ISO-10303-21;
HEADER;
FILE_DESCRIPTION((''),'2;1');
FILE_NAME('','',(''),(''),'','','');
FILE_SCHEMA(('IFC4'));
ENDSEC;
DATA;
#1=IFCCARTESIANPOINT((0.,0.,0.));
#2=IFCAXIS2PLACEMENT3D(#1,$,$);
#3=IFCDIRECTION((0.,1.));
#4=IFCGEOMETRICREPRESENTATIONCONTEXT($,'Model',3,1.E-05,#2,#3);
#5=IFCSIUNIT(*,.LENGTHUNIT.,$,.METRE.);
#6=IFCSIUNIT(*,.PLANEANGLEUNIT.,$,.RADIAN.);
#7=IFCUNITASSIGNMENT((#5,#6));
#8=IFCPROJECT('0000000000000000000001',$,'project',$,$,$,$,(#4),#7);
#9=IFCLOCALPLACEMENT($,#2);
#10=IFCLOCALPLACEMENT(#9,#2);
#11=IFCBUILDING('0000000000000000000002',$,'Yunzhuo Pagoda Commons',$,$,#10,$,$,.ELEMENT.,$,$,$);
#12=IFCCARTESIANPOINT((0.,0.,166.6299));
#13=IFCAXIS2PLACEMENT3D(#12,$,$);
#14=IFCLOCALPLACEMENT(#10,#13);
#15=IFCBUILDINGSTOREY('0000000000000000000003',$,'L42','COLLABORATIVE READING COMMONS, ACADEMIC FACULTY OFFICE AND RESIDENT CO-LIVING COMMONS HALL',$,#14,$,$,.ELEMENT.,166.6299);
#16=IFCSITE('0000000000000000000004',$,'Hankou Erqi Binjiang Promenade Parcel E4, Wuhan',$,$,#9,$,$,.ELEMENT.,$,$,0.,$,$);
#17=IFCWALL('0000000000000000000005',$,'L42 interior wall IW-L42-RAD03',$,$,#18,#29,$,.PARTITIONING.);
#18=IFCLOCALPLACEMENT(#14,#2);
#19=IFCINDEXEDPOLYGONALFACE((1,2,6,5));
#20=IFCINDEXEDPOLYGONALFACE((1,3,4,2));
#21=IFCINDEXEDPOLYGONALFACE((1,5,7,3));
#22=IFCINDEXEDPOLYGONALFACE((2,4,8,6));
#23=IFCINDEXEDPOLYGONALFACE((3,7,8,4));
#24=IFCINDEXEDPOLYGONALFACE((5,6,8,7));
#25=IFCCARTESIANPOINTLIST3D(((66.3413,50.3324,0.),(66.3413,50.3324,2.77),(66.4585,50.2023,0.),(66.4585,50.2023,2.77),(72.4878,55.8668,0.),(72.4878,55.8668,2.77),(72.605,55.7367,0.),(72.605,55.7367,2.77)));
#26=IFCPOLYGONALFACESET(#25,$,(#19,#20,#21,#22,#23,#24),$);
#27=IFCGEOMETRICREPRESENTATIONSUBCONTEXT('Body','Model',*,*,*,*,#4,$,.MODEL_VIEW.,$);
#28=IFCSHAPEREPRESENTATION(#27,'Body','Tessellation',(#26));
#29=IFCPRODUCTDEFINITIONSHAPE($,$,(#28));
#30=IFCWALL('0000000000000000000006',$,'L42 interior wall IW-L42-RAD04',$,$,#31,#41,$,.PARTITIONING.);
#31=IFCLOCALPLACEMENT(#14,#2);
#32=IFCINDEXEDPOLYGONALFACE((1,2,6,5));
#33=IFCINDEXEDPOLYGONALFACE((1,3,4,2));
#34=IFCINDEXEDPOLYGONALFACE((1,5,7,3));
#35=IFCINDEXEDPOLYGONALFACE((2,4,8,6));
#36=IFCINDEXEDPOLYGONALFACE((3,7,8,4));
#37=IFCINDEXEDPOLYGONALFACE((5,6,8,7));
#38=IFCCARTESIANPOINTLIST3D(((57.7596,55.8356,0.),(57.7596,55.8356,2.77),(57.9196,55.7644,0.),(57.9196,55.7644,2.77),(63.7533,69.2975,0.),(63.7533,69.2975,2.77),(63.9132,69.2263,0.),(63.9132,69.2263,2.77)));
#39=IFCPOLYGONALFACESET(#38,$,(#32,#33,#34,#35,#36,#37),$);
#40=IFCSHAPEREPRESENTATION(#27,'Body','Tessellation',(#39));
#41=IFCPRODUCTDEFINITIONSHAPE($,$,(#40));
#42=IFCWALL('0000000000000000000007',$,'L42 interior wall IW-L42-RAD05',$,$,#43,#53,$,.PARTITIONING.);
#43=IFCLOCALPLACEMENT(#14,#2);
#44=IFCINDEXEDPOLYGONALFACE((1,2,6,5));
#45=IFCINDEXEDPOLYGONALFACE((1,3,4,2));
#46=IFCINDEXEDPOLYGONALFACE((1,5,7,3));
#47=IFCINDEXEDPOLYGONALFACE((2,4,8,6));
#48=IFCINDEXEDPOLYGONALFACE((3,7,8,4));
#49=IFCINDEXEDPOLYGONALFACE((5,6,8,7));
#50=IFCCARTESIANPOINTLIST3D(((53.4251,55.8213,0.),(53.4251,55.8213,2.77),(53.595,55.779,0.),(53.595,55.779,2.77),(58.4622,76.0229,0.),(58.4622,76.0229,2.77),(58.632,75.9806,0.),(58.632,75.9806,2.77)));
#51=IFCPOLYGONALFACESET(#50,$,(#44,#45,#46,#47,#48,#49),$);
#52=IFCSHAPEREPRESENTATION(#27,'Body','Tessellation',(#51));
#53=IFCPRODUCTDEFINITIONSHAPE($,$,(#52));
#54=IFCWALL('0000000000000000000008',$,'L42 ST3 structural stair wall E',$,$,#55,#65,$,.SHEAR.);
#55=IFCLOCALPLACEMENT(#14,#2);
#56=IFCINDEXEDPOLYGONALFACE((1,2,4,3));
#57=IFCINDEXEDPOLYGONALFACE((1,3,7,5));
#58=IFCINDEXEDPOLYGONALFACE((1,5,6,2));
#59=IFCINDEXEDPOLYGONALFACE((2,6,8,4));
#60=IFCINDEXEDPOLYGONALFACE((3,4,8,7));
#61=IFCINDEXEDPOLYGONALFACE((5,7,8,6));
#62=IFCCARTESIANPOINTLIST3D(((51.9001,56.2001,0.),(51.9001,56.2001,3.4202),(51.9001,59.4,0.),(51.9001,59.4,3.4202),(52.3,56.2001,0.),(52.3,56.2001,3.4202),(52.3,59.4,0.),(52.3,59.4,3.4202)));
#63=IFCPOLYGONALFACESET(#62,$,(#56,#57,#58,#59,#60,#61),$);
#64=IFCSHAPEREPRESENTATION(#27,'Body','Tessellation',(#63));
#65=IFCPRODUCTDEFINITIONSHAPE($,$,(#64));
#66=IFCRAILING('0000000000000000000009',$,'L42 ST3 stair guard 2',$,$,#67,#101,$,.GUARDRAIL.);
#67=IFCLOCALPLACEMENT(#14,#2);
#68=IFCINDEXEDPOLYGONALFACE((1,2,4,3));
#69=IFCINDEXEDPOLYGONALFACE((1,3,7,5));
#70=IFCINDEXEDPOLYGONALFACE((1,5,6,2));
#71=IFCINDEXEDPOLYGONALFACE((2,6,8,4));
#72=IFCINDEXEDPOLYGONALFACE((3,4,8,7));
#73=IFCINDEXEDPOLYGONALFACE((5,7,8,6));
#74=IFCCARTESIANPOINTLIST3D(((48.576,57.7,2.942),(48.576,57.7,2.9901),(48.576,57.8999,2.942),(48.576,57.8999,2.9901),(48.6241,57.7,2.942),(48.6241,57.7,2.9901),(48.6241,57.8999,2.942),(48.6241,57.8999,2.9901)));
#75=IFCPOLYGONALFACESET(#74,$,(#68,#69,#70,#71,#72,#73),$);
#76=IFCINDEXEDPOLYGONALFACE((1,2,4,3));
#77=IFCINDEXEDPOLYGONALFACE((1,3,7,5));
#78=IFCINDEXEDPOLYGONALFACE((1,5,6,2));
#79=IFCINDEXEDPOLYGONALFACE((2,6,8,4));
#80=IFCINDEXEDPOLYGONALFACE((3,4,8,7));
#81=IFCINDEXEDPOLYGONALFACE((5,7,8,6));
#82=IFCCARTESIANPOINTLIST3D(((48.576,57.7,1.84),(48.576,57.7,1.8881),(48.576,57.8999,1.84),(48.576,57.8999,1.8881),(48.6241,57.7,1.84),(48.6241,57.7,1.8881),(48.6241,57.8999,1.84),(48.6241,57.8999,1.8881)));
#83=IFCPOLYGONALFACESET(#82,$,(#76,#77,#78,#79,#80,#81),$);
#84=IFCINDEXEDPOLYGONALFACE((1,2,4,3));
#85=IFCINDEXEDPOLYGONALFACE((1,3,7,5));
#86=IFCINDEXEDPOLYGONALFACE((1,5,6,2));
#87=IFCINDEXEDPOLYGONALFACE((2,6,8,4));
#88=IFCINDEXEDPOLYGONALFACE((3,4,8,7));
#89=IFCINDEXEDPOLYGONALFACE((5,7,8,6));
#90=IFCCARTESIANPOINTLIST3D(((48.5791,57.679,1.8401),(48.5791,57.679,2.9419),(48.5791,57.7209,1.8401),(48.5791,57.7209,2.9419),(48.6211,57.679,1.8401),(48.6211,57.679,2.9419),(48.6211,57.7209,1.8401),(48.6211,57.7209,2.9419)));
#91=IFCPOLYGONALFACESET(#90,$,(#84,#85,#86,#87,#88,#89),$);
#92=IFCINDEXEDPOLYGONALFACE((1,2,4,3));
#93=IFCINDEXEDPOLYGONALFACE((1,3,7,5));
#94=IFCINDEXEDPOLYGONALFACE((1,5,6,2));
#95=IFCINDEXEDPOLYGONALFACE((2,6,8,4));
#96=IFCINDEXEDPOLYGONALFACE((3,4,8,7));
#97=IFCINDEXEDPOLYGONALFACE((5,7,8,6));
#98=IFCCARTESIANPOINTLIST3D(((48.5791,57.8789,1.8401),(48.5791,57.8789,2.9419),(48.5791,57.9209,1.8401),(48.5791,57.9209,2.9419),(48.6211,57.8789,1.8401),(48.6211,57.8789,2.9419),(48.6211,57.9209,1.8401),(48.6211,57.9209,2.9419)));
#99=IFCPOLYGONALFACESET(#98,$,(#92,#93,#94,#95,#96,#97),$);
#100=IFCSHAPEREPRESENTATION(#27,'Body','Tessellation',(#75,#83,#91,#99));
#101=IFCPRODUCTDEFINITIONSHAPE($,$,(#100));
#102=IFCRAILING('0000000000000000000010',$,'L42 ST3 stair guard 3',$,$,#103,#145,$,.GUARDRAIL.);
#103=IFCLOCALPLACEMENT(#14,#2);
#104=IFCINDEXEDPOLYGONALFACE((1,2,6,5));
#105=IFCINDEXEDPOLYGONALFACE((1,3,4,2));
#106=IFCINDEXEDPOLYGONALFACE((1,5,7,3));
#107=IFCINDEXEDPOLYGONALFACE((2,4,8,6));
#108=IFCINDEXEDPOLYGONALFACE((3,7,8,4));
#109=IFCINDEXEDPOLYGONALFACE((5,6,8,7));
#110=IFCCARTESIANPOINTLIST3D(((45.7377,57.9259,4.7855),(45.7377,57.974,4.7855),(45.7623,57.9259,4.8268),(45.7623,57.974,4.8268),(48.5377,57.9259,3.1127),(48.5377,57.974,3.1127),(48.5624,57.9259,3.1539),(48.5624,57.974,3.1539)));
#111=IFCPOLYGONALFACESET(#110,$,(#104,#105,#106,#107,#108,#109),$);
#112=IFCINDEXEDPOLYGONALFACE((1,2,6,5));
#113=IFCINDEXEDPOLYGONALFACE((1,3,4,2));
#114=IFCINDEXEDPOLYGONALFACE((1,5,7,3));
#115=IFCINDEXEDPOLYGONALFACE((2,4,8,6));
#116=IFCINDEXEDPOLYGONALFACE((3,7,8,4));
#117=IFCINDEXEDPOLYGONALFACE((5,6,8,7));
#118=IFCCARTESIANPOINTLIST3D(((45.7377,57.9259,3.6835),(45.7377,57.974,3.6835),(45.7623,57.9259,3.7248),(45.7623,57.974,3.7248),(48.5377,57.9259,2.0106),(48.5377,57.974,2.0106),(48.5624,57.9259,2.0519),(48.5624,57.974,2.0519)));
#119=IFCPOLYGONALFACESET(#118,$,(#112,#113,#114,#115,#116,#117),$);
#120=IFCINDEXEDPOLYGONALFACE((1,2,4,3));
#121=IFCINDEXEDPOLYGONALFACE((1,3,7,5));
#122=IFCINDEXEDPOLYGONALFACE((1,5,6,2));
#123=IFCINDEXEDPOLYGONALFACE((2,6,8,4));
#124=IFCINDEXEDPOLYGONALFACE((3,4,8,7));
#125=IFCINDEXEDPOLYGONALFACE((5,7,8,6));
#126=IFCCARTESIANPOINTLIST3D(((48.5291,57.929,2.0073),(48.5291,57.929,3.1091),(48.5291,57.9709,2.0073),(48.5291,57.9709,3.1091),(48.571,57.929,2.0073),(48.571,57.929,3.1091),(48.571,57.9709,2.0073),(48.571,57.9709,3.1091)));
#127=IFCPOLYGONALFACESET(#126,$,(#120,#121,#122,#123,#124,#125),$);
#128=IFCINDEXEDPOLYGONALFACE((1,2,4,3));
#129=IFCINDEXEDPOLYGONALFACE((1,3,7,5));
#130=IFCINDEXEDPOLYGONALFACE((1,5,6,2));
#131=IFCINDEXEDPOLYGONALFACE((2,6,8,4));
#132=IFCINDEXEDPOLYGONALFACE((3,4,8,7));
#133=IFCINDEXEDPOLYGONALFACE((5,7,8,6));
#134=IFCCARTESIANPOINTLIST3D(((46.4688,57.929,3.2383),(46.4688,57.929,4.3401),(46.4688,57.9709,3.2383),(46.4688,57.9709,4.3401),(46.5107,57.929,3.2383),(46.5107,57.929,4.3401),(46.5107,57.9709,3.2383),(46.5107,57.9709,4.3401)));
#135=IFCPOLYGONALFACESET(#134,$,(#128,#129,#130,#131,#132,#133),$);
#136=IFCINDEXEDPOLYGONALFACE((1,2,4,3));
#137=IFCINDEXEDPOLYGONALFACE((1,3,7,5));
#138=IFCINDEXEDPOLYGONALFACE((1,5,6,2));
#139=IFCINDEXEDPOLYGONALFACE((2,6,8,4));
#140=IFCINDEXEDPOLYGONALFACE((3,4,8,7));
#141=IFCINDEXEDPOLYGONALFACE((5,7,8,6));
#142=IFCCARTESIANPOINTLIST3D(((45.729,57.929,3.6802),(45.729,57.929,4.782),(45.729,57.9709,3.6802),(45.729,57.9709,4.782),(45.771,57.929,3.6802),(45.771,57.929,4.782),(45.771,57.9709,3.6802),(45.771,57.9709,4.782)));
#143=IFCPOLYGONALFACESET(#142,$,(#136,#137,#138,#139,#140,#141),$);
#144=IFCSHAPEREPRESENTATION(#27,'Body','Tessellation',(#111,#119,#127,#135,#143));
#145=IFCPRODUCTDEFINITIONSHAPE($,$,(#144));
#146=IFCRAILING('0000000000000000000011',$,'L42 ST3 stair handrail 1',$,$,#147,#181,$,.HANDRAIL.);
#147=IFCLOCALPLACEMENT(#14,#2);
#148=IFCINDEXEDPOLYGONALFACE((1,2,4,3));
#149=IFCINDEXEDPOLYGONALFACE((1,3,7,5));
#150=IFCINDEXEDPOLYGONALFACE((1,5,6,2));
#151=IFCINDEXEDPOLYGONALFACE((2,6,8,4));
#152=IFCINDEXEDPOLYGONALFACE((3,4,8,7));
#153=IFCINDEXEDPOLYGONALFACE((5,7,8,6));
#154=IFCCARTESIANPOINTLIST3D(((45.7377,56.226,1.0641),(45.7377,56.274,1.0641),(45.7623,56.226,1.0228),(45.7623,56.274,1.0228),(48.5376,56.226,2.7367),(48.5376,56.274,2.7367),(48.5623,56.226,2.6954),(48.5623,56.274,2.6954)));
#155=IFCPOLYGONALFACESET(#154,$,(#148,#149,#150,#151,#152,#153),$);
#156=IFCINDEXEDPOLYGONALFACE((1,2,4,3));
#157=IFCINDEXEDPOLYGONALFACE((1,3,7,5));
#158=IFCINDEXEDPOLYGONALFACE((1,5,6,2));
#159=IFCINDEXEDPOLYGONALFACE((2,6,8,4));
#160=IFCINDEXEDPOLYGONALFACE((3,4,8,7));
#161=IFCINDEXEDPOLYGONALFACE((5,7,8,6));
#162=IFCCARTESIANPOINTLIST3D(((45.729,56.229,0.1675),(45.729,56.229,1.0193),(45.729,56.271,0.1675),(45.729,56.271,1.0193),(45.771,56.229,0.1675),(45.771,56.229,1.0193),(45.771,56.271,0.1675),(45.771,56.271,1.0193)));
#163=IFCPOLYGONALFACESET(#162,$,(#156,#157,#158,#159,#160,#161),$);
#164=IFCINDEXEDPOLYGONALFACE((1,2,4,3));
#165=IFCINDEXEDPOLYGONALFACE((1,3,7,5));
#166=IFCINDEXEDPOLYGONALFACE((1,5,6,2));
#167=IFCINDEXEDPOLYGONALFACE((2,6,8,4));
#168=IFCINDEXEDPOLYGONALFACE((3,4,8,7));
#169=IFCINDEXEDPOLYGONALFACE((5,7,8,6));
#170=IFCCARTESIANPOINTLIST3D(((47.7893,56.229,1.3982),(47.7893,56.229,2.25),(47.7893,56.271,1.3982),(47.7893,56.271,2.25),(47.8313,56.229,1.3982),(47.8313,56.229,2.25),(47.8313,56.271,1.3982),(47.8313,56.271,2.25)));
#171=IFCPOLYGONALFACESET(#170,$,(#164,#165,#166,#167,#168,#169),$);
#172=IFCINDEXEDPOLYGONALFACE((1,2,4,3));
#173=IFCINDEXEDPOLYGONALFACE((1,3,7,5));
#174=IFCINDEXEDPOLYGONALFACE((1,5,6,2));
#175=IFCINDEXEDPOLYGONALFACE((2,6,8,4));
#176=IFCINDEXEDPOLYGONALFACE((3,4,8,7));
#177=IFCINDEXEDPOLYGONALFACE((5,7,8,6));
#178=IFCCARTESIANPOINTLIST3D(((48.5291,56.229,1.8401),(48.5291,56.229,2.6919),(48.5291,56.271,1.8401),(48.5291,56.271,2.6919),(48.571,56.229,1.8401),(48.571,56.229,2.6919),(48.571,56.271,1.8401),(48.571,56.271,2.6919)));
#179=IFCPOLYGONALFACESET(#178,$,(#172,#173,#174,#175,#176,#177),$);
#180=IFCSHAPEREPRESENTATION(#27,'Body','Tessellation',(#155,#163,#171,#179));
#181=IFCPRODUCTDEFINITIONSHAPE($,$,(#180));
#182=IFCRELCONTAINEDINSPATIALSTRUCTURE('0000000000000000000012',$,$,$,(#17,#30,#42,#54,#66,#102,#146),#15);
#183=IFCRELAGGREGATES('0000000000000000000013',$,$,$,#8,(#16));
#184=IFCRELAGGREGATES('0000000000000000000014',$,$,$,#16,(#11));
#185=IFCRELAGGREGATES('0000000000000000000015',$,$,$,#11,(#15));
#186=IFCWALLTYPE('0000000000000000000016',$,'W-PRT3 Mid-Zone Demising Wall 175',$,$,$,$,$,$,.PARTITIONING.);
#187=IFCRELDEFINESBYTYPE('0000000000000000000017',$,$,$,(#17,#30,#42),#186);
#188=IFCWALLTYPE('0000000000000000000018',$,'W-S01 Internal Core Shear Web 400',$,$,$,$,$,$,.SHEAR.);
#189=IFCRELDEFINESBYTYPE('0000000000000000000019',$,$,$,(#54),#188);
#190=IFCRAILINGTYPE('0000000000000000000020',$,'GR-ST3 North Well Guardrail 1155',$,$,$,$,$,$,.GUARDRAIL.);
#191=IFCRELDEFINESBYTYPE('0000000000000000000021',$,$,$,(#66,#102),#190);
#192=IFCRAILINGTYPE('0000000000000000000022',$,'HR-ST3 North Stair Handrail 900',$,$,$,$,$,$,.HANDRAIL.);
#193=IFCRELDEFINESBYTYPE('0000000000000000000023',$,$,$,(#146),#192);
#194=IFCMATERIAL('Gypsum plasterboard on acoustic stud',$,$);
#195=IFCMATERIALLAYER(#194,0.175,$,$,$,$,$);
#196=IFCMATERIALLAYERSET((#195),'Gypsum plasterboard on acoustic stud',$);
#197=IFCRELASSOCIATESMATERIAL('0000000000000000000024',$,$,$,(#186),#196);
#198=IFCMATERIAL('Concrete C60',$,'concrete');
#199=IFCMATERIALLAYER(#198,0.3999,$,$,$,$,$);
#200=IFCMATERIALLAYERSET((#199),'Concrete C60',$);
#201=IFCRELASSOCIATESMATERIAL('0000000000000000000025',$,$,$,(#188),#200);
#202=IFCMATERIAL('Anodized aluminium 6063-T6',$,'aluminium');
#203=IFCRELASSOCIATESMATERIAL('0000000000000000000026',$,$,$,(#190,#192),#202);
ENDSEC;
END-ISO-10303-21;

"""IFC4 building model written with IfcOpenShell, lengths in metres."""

from ifc_helpers import new_model, si_unit, direction, frame, frame_2d, origin, origin_2d, place, context, subcontext, project, spatial, rectangle, extrude, material, layer, layer_set, type_object, element, save


model = new_model("IFC4")

# Units and contexts
model_context = context("Model", 3, precision=1e-05, world=origin(), true_north=direction((0.0, 1.0)))
body_context = subcontext(model_context, "Body", "Model", "MODEL_VIEW")
ifc_project = project(units=[si_unit("LENGTHUNIT", "METRE"), si_unit("PLANEANGLEUNIT", "RADIAN")], contexts=[model_context])

# Site, building, storey
site_placement = place(None, origin())
site = spatial("IfcSite", under=ifc_project, at=site_placement, Name="Hankou Erqi Binjiang Promenade Parcel E4, Wuhan", CompositionType="ELEMENT", RefElevation=0.0)
building_placement = place(site_placement, origin())
building = spatial("IfcBuilding", under=site, at=building_placement, Name="Yunzhuo Pagoda Commons", CompositionType="ELEMENT")
storey_placement = place(building_placement, frame((0.0, 0.0, 166.6299)))
storey = spatial("IfcBuildingStorey", under=building, at=storey_placement, Name="L42", Description="COLLABORATIVE READING COMMONS, ACADEMIC FACULTY OFFICE AND RESIDENT CO-LIVING COMMONS HALL", CompositionType="ELEMENT", Elevation=166.6299)

# Shared definitions
ifc_material_1 = material(Name="Anodized aluminium 6063-T6", Category="aluminium")

# Shared definitions
ifc_material_2 = material(Name="Gypsum plasterboard on acoustic stud")

# Walls
ifc_layer_1 = layer(ifc_material_2, 0.175)
ifc_layer_set_1 = layer_set([ifc_layer_1], Name="Gypsum plasterboard on acoustic stud")
wall_type_1 = type_object("IfcWallType", Name="W-PRT3 Mid-Zone Demising Wall 175", PredefinedType="PARTITIONING", material=ifc_layer_set_1)
wall_1_placement = place(storey_placement, frame((66.3999, 50.2673, 0.0), z_axis=(0.0, 0.0, 1.0), x_axis=(0.743139, 0.669138, 0.0)))
element("IfcWall", 1, at=wall_1_placement, inside=storey, type_object=wall_type_1, Name="L42 interior wall IW-L42-RAD03", PredefinedType="PARTITIONING", context=body_context, shape_type="SweptSolid", body=[
    extrude(rectangle(XDim=8.271, YDim=0.175, at=frame_2d((4.1355, 0.0))), origin(), (0.0, 0.0, 1.0), 2.77),
])
wall_2_placement = place(storey_placement, frame((57.8396, 55.8, 0.0), z_axis=(0.0, 0.0, 1.0), x_axis=(0.406738, 0.913545, 0.0)))
element("IfcWall", 2, at=wall_2_placement, inside=storey, type_object=wall_type_1, Name="L42 interior wall IW-L42-RAD04", PredefinedType="PARTITIONING", context=body_context, shape_type="SweptSolid", body=[
    extrude(rectangle(XDim=14.7358, YDim=0.175, at=frame_2d((7.3679, 0.0))), origin(), (0.0, 0.0, 1.0), 2.77),
])
wall_3_placement = place(storey_placement, frame((53.51, 55.8, 0.0), z_axis=(0.0, 0.0, 1.0), x_axis=(0.241934, 0.970293, 0.0)))
element("IfcWall", 3, at=wall_3_placement, inside=storey, type_object=wall_type_1, Name="L42 interior wall IW-L42-RAD05", PredefinedType="PARTITIONING", context=body_context, shape_type="SweptSolid", body=[
    extrude(rectangle(XDim=20.8201, YDim=0.175, at=frame_2d((10.4102, 0.0))), origin(), (0.0, 0.0, 1.0), 2.77),
])
ifc_material_3 = material(Name="Concrete C60", Category="concrete")
ifc_layer_2 = layer(ifc_material_3, 0.3999)
ifc_layer_set_2 = layer_set([ifc_layer_2], Name="Concrete C60")
wall_type_2 = type_object("IfcWallType", Name="W-S01 Internal Core Shear Web 400", PredefinedType="SHEAR", material=ifc_layer_set_2)
wall_4_placement = place(storey_placement, frame((52.1001, 56.2, 0.0), z_axis=(0.0, 0.0, 1.0), x_axis=(0.0, 1.0, 0.0)))
element("IfcWall", 4, at=wall_4_placement, inside=storey, type_object=wall_type_2, Name="L42 ST3 structural stair wall E", PredefinedType="SHEAR", context=body_context, shape_type="SweptSolid", body=[
    extrude(rectangle(XDim=3.2, YDim=0.3999, at=frame_2d((1.6001, 0.0))), origin(), (0.0, 0.0, 1.0), 3.4202),
])

# Railings
railing_type_1 = type_object("IfcRailingType", Name="GR-ST3 North Well Guardrail 1155", PredefinedType="GUARDRAIL", material=ifc_material_1)
railing_1_placement = place(storey_placement, frame((48.6001, 57.7, 1.8401)))
element("IfcRailing", 5, at=railing_1_placement, inside=storey, type_object=railing_type_1, Name="L42 ST3 stair guard 2", PredefinedType="GUARDRAIL", context=body_context, shape_type="SweptSolid", body=[
    extrude(rectangle(XDim=0.0481, YDim=0.0481, at=origin_2d()), frame((0.0, 0.0, 1.126), z_axis=(0.0, 1.0, 0.0), x_axis=(-1.0, 0.0, 0.0)), (0.0, 0.0, 1.0), 0.2),
    extrude(rectangle(XDim=0.0481, YDim=0.0481, at=origin_2d()), frame((0.0, 0.0, 0.0239), z_axis=(0.0, 1.0, 0.0), x_axis=(-1.0, 0.0, 0.0)), (0.0, 0.0, 1.0), 0.2),
    extrude(rectangle(XDim=0.042, YDim=0.042, at=origin_2d()), origin(), (0.0, 0.0, 1.0), 1.1018),
    extrude(rectangle(XDim=0.042, YDim=0.042, at=origin_2d()), frame((0.0, 0.2, 0.0)), (0.0, 0.0, 1.0), 1.1018),
])
railing_2_placement = place(storey_placement, frame((48.55, 57.95, 2.0073)))
element("IfcRailing", 6, at=railing_2_placement, inside=storey, type_object=railing_type_1, Name="L42 ST3 stair guard 3", PredefinedType="GUARDRAIL", context=body_context, shape_type="SweptSolid", body=[
    extrude(rectangle(XDim=0.0481, YDim=0.0481, at=origin_2d()), frame((0.0, 0.0, 1.126), z_axis=(-0.858462, 0.0, 0.512877), x_axis=(0.0, -1.0, 0.0)), (0.0, 0.0, 1.0), 3.2617),
    extrude(rectangle(XDim=0.0481, YDim=0.0481, at=origin_2d()), frame((0.0, 0.0, 0.0239), z_axis=(-0.858462, 0.0, 0.512877), x_axis=(0.0, -1.0, 0.0)), (0.0, 0.0, 1.0), 3.2617),
    extrude(rectangle(XDim=0.042, YDim=0.042, at=origin_2d()), origin(), (0.0, 0.0, 1.0), 1.1018),
    extrude(rectangle(XDim=0.042, YDim=0.042, at=origin_2d()), frame((-2.0603, 0.0, 1.231)), (0.0, 0.0, 1.0), 1.1018),
    extrude(rectangle(XDim=0.042, YDim=0.042, at=origin_2d()), frame((-2.8, 0.0, 1.6729)), (0.0, 0.0, 1.0), 1.1018),
])
railing_type_2 = type_object("IfcRailingType", Name="HR-ST3 North Stair Handrail 900", PredefinedType="HANDRAIL", material=ifc_material_1)
railing_3_placement = place(storey_placement, frame((45.75, 56.25, 0.1675)))
element("IfcRailing", 7, at=railing_3_placement, inside=storey, type_object=railing_type_2, Name="L42 ST3 stair handrail 1", PredefinedType="HANDRAIL", context=body_context, shape_type="SweptSolid", body=[
    extrude(rectangle(XDim=0.0481, YDim=0.0481, at=origin_2d()), frame((0.0, 0.0, 0.876), z_axis=(0.858495, 0.0, 0.512822), x_axis=(0.0, 1.0, 0.0)), (0.0, 0.0, 1.0), 3.2615),
    extrude(rectangle(XDim=0.042, YDim=0.042, at=origin_2d()), origin(), (0.0, 0.0, 1.0), 0.8518),
    extrude(rectangle(XDim=0.042, YDim=0.042, at=origin_2d()), frame((2.0603, 0.0, 1.2307)), (0.0, 0.0, 1.0), 0.8518),
    extrude(rectangle(XDim=0.042, YDim=0.042, at=origin_2d()), frame((2.8, 0.0, 1.6726)), (0.0, 0.0, 1.0), 0.8518),
])

save(model, "model.ifc")
